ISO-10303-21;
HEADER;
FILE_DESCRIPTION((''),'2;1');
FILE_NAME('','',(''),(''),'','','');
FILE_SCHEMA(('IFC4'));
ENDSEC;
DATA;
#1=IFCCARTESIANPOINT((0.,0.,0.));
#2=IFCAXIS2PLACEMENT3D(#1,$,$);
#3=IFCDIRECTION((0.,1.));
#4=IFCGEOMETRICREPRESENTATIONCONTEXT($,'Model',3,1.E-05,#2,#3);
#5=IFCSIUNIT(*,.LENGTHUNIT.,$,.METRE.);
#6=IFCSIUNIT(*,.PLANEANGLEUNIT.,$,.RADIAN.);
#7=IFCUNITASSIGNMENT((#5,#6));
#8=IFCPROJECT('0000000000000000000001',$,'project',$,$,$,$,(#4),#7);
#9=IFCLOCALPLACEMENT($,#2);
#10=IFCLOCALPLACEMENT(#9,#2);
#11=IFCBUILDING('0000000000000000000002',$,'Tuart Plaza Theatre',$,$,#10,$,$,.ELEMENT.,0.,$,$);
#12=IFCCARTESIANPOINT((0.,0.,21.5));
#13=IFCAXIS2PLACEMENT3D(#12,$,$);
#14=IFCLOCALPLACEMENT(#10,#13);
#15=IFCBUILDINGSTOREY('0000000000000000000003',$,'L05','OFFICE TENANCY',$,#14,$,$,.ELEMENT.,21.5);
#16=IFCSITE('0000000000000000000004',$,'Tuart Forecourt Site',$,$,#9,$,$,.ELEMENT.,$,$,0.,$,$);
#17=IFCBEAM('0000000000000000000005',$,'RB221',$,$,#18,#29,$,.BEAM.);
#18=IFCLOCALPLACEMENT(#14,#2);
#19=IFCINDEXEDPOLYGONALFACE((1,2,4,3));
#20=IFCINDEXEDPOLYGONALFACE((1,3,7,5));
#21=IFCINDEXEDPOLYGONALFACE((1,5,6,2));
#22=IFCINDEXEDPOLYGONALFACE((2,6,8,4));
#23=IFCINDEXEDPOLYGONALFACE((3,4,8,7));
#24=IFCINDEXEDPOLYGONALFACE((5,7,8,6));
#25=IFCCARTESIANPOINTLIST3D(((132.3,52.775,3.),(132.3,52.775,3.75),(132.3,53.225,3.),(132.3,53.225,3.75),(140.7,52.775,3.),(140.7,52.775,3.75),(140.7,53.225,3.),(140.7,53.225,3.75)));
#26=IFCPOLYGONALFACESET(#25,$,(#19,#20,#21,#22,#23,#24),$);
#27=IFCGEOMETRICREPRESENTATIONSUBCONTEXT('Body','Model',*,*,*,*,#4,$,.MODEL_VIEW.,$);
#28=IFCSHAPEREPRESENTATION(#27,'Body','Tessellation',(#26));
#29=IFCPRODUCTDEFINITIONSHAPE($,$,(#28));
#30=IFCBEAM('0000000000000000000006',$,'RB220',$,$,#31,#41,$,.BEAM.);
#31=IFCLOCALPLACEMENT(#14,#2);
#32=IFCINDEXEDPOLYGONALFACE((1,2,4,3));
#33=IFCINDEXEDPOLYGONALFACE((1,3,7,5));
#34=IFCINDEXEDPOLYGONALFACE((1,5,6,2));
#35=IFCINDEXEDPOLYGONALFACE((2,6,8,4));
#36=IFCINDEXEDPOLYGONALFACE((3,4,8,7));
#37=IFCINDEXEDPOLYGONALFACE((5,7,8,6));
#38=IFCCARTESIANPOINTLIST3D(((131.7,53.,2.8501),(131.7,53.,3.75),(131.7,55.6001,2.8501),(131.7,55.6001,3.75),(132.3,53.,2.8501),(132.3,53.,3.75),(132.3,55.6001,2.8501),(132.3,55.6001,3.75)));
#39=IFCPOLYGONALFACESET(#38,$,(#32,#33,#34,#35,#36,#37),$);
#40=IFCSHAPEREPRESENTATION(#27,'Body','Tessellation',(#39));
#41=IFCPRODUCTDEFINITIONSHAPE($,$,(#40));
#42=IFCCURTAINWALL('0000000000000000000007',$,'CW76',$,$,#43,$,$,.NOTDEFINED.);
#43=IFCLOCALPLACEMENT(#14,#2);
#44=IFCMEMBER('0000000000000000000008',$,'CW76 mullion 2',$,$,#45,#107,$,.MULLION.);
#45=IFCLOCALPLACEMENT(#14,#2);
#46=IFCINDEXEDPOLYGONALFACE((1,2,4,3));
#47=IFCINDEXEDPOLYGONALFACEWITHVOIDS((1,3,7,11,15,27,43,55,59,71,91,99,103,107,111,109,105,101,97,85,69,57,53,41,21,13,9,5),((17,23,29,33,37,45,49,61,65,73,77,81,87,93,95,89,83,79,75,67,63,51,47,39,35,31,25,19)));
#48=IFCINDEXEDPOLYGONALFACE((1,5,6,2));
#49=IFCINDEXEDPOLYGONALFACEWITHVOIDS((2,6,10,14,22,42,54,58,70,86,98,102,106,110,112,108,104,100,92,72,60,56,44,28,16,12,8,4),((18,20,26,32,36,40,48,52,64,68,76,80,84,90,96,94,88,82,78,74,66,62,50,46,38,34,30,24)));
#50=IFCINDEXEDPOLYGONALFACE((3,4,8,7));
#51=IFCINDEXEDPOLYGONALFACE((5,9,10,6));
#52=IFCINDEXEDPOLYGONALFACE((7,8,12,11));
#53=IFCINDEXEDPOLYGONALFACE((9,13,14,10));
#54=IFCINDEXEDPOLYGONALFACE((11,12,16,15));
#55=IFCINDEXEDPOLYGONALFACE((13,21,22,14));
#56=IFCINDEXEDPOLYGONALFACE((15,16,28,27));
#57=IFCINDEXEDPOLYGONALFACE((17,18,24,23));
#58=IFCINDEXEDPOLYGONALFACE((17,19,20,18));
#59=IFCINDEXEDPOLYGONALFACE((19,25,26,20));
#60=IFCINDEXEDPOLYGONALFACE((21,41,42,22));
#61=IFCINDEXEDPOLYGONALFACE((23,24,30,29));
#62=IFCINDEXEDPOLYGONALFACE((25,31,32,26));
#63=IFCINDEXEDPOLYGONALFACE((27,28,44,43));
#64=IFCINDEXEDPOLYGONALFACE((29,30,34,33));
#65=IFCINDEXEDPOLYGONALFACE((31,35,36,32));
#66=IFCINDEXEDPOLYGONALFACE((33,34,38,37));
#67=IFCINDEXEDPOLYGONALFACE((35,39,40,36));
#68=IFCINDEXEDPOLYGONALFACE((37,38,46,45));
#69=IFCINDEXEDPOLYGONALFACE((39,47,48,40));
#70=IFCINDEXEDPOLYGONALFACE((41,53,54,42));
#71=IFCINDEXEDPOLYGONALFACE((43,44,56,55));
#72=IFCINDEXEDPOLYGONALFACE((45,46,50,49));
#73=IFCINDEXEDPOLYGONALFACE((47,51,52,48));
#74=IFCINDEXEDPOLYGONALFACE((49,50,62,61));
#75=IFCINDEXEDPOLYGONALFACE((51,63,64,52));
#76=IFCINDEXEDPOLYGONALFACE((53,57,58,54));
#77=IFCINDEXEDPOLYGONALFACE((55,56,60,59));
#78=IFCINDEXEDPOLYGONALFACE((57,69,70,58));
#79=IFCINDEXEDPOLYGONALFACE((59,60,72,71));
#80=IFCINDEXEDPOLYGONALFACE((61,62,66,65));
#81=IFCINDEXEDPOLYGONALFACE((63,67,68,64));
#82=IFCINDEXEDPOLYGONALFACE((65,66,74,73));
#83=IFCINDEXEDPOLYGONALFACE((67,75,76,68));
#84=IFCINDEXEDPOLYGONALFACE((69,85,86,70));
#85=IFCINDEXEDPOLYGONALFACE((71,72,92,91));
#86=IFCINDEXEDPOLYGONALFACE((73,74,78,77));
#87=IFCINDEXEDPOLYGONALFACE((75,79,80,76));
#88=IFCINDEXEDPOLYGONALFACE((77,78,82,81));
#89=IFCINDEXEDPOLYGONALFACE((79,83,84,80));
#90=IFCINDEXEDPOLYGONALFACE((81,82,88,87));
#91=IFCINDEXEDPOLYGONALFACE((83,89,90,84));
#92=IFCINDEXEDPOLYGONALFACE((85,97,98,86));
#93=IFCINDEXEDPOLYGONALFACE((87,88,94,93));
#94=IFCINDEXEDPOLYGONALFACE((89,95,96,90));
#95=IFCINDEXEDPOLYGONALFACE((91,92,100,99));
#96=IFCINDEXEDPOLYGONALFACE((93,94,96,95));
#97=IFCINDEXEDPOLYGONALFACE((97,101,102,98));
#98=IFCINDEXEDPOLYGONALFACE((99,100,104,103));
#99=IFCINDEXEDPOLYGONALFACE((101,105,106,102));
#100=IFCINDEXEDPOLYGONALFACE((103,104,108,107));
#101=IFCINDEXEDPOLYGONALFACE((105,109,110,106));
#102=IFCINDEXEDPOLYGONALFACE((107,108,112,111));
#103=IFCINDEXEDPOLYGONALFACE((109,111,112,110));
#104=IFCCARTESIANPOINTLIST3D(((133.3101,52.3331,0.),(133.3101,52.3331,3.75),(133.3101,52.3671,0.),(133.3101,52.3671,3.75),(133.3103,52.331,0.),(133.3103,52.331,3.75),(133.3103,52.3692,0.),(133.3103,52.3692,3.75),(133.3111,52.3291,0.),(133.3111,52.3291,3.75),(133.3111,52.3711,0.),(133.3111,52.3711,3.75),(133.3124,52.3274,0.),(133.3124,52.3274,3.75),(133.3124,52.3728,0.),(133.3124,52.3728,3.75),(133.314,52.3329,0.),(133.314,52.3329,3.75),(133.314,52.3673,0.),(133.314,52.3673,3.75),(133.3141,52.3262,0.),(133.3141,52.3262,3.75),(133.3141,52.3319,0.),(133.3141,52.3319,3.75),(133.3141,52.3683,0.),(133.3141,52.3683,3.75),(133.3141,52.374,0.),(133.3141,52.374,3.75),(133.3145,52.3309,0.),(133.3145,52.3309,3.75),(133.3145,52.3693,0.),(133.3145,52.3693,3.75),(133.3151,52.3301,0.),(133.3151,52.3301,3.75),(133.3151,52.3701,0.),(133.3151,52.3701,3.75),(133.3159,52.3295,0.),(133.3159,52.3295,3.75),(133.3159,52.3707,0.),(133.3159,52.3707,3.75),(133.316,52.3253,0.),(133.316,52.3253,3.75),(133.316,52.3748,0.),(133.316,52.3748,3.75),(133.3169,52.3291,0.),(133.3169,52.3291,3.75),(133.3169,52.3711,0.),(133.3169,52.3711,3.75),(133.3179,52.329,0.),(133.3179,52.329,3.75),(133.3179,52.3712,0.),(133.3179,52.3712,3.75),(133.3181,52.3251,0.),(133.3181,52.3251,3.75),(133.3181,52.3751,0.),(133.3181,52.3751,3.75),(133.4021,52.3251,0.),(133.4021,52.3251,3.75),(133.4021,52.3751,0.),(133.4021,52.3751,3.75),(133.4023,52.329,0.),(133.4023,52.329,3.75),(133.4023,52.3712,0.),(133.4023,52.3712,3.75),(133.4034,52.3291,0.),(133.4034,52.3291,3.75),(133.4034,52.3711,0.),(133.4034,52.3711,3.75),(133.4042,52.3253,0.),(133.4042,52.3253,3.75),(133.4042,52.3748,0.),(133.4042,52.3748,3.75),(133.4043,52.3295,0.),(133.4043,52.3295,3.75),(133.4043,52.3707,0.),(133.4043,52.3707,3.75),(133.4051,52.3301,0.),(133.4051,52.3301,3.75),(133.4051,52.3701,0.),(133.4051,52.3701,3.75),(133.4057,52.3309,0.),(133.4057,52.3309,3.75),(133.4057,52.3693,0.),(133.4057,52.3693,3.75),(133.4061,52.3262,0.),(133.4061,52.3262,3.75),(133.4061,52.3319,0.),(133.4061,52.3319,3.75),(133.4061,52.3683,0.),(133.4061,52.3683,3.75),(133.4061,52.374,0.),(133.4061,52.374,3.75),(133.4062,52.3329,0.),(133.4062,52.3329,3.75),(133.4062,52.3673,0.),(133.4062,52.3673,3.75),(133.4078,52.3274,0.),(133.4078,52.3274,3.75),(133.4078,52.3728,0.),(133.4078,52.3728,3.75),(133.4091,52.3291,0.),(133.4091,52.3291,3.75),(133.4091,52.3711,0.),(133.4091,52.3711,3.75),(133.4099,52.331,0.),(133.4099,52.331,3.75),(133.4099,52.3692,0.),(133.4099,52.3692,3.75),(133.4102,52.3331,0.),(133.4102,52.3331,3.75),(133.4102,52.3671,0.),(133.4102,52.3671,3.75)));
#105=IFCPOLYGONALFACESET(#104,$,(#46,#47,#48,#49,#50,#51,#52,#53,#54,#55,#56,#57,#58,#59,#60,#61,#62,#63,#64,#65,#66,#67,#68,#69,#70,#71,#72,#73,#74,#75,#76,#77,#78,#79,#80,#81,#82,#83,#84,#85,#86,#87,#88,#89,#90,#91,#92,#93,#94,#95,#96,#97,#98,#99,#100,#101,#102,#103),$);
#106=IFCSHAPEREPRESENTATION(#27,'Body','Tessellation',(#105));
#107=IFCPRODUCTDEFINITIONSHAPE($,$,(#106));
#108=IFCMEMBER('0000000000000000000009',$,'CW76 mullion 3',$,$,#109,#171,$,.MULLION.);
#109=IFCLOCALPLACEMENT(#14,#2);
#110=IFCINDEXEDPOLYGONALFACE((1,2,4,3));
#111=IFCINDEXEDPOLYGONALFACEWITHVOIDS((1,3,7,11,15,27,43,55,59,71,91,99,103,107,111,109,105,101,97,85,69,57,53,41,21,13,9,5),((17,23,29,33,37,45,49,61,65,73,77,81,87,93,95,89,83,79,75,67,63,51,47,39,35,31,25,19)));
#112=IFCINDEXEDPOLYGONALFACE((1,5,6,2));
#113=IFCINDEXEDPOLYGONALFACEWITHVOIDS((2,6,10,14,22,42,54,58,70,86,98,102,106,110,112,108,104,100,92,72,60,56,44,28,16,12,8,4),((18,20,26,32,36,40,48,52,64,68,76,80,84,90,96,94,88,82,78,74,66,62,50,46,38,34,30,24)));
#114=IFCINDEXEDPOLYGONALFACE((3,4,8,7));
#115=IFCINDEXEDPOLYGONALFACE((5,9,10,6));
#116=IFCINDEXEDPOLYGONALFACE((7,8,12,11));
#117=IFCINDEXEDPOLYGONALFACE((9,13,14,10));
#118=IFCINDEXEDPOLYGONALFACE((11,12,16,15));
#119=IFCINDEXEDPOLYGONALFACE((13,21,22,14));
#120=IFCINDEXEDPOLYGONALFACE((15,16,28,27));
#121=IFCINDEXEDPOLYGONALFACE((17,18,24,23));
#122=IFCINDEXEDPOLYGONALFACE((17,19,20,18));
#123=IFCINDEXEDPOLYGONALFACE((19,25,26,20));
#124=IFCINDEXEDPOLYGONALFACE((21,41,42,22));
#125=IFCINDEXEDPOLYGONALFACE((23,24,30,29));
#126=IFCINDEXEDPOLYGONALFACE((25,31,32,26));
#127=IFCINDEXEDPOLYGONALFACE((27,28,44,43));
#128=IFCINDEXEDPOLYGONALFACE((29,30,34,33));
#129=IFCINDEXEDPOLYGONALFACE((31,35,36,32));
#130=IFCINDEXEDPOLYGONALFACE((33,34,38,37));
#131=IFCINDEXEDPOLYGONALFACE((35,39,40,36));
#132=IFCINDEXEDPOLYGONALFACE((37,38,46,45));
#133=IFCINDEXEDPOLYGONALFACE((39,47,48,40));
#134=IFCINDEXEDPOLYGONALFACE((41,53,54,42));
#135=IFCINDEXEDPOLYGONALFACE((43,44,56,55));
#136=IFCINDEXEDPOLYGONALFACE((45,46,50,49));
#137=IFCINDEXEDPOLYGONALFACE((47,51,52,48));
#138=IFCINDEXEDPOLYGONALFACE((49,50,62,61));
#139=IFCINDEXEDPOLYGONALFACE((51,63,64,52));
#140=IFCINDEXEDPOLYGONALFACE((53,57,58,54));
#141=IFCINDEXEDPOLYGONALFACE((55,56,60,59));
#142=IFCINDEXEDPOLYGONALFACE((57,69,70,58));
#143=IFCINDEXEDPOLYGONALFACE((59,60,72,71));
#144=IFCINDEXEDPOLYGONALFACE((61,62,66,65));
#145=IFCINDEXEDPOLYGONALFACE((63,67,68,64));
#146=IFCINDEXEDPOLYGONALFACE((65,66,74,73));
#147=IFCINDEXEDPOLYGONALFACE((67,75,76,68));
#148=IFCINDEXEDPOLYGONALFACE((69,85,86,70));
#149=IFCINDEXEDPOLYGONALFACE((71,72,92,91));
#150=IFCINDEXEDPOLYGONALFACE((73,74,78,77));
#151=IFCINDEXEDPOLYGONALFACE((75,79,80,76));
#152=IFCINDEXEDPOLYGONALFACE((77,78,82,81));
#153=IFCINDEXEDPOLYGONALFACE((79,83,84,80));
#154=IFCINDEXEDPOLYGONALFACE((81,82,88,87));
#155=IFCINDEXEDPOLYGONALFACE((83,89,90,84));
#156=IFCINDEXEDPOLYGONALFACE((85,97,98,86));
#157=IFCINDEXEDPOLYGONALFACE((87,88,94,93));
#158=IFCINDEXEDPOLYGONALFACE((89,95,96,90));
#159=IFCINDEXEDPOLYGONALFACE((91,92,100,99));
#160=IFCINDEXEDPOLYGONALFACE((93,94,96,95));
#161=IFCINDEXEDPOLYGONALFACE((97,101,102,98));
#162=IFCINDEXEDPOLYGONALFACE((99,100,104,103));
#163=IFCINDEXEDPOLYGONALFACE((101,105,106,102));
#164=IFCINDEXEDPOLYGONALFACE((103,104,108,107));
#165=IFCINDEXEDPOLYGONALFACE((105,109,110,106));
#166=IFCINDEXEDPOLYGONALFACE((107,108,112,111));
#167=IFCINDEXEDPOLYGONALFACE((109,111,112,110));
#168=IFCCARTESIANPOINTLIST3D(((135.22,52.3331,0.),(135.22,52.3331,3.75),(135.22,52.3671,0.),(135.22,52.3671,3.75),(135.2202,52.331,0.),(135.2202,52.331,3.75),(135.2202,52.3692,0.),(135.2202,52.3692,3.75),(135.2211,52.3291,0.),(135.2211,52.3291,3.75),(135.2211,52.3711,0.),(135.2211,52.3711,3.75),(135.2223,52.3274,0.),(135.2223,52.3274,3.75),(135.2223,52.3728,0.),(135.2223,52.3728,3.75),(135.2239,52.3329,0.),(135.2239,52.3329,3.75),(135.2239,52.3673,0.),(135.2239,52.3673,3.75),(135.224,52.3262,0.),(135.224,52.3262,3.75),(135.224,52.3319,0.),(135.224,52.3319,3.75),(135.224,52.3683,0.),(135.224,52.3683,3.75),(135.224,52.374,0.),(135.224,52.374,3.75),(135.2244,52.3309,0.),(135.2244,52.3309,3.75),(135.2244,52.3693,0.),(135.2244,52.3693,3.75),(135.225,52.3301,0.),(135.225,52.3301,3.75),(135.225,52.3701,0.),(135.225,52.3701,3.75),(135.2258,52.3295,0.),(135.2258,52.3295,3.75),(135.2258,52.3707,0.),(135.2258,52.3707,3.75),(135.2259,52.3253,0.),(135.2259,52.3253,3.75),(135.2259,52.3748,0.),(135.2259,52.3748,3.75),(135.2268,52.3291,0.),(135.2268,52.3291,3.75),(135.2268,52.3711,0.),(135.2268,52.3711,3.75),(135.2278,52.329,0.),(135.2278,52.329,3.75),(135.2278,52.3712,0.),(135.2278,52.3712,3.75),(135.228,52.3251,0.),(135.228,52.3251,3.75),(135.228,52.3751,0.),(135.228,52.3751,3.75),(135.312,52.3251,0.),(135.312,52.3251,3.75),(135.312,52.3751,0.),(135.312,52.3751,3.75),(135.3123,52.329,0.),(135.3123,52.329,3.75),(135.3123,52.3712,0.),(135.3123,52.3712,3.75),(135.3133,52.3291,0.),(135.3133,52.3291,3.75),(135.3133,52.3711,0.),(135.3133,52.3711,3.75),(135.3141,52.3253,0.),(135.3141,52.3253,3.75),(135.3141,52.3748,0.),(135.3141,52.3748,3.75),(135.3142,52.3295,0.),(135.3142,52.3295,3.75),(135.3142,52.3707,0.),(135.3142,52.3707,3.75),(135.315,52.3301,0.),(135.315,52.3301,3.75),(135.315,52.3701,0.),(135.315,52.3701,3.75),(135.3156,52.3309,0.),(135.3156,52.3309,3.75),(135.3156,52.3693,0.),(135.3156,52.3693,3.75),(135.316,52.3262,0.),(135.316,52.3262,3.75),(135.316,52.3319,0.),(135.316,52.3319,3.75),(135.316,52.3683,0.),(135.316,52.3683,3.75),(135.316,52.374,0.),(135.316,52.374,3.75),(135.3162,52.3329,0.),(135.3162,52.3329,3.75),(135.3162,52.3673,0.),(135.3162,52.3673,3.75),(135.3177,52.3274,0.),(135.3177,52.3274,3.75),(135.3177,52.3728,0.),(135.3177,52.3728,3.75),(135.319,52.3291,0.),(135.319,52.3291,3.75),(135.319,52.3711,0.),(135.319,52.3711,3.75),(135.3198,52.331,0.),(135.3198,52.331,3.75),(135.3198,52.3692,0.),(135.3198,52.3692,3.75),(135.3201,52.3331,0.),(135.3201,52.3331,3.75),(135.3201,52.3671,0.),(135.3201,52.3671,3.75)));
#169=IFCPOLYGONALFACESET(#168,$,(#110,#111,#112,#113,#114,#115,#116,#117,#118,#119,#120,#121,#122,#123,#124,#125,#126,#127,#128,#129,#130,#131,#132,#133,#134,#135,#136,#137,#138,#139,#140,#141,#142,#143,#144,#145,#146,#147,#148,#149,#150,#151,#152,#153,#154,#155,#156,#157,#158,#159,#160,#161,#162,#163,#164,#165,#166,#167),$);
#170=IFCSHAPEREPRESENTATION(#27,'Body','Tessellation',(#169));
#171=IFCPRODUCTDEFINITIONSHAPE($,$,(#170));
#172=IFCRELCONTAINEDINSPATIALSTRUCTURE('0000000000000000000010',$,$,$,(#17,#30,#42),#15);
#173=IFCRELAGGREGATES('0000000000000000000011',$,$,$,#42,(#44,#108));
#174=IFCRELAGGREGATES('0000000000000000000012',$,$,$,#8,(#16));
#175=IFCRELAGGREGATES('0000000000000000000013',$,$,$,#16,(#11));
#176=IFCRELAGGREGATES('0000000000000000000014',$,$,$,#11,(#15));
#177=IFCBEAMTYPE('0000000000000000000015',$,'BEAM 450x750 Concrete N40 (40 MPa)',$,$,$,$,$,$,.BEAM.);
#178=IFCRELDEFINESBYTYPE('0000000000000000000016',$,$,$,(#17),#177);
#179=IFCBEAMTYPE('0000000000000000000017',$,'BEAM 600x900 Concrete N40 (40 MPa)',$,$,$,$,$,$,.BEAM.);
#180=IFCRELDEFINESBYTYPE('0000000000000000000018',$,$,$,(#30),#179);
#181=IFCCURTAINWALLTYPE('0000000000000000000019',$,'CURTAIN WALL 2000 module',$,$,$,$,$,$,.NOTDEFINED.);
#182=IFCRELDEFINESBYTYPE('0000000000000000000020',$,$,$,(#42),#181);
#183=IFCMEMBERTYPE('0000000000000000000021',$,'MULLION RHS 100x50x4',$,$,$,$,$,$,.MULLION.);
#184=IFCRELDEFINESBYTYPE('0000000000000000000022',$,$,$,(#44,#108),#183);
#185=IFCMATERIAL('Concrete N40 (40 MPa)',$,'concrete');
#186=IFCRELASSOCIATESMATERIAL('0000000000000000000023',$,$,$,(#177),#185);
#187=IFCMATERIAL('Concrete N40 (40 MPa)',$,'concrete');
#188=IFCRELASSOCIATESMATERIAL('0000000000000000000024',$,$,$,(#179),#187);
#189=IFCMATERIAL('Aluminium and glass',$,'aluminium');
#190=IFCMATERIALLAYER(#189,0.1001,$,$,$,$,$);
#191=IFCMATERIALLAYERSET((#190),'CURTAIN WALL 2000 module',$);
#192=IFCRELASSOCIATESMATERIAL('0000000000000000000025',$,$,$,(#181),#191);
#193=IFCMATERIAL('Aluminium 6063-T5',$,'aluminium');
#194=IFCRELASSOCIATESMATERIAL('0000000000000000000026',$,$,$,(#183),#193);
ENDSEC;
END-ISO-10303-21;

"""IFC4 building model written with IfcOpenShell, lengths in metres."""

from ifc_helpers import new_model, si_unit, direction, frame, origin, origin_2d, place, context, subcontext, project, spatial, rectangle, hollow_rectangle, extrude, material, layer, layer_set, material_profile, profile_set, type_object, element, aggregate, save


model = new_model("IFC4")

# Units and contexts
model_context = context("Model", 3, precision=1e-05, world=origin(), true_north=direction((0.0, 1.0)))
body_context = subcontext(model_context, "Body", "Model", "MODEL_VIEW")
ifc_project = project(units=[si_unit("LENGTHUNIT", "METRE"), si_unit("PLANEANGLEUNIT", "RADIAN")], contexts=[model_context])

# Site, building, storey
site_placement = place(None, origin())
site = spatial("IfcSite", under=ifc_project, at=site_placement, Name="Tuart Forecourt Site", CompositionType="ELEMENT", RefElevation=0.0)
building_placement = place(site_placement, origin())
building = spatial("IfcBuilding", under=site, at=building_placement, Name="Tuart Plaza Theatre", CompositionType="ELEMENT", ElevationOfRefHeight=0.0)
storey_placement = place(building_placement, frame((0.0, 0.0, 21.5)))
storey = spatial("IfcBuildingStorey", under=building, at=storey_placement, Name="L05", Description="OFFICE TENANCY", CompositionType="ELEMENT", Elevation=21.5)

# Beams
ifc_material_1 = material(Name="Concrete N40 (40 MPa)", Category="concrete")
ifc_material_profile_1 = material_profile(ifc_material_1, rectangle(XDim=0.45, YDim=0.75, at=origin_2d()), Name="BEAM 450x750 Concrete N40 (40 MPa)")
ifc_profile_set_1 = profile_set([ifc_material_profile_1], Name="Concrete N40 (40 MPa)")
beam_type_1 = type_object("IfcBeamType", Name="BEAM 450x750 Concrete N40 (40 MPa)", PredefinedType="BEAM", material=ifc_profile_set_1)
beam_1_placement = place(storey_placement, frame((132.3, 53.0, 3.375), z_axis=(1.0, 0.0, 0.0), x_axis=(0.0, 1.0, 0.0)))
element("IfcBeam", 1, at=beam_1_placement, inside=storey, type_object=beam_type_1, Name="RB221", PredefinedType="BEAM", context=body_context, shape_type="SweptSolid", body=[
    extrude(rectangle(XDim=0.45, YDim=0.75, at=origin_2d()), origin(), (0.0, 0.0, 1.0), 8.3999),
])
ifc_material_2 = material(Name="Concrete N40 (40 MPa)", Category="concrete")
ifc_material_profile_2 = material_profile(ifc_material_2, rectangle(XDim=0.6001, YDim=0.8999, at=origin_2d()), Name="BEAM 600x900 Concrete N40 (40 MPa)")
ifc_profile_set_2 = profile_set([ifc_material_profile_2], Name="Concrete N40 (40 MPa)")
beam_type_2 = type_object("IfcBeamType", Name="BEAM 600x900 Concrete N40 (40 MPa)", PredefinedType="BEAM", material=ifc_profile_set_2)
beam_2_placement = place(storey_placement, frame((132.0, 53.0, 3.3), z_axis=(0.0, 1.0, 0.0), x_axis=(-1.0, 0.0, 0.0)))
element("IfcBeam", 2, at=beam_2_placement, inside=storey, type_object=beam_type_2, Name="RB220", PredefinedType="BEAM", context=body_context, shape_type="SweptSolid", body=[
    extrude(rectangle(XDim=0.6001, YDim=0.8999, at=origin_2d()), origin(), (0.0, 0.0, 1.0), 2.6001),
])

# Curtain wall, members
ifc_material_3 = material(Name="Aluminium and glass", Category="aluminium")
ifc_layer_1 = layer(ifc_material_3, 0.1001)
ifc_layer_set_1 = layer_set([ifc_layer_1], Name="CURTAIN WALL 2000 module")
curtain_wall_type = type_object("IfcCurtainWallType", Name="CURTAIN WALL 2000 module", PredefinedType="NOTDEFINED", material=ifc_layer_set_1)
curtain_wall_placement = place(storey_placement, origin())
curtain_wall = element("IfcCurtainWall", 3, at=curtain_wall_placement, inside=storey, type_object=curtain_wall_type, Name="CW76", PredefinedType="NOTDEFINED")
ifc_material_4 = material(Name="Aluminium 6063-T5", Category="aluminium")
ifc_material_profile_3 = material_profile(ifc_material_4, hollow_rectangle(XDim=0.05, YDim=0.1001, WallThickness=0.0039, InnerFilletRadius=0.0039, OuterFilletRadius=0.0081, at=origin_2d()), Name="RHS 100x50x4")
ifc_profile_set_3 = profile_set([ifc_material_profile_3], Name="Aluminium 6063-T5")
member_type_1 = type_object("IfcMemberType", Name="MULLION RHS 100x50x4", PredefinedType="MULLION", material=ifc_profile_set_3)
member_1_placement = place(storey_placement, frame((133.3601, 52.3501, 0.0), z_axis=(0.0, 0.0, 1.0), x_axis=(0.0, 1.0, 0.0)))
member_1 = element("IfcMember", 4, at=member_1_placement, type_object=member_type_1, Name="CW76 mullion 2", PredefinedType="MULLION", context=body_context, shape_type="SweptSolid", body=[
    extrude(hollow_rectangle(XDim=0.05, YDim=0.1001, WallThickness=0.0039, InnerFilletRadius=0.0039, OuterFilletRadius=0.0081, at=origin_2d()), origin(), (0.0, 0.0, 1.0), 3.75),
])
member_2_placement = place(storey_placement, frame((135.27, 52.3501, 0.0), z_axis=(0.0, 0.0, 1.0), x_axis=(0.0, 1.0, 0.0)))
member_2 = element("IfcMember", 5, at=member_2_placement, type_object=member_type_1, Name="CW76 mullion 3", PredefinedType="MULLION", context=body_context, shape_type="SweptSolid", body=[
    extrude(hollow_rectangle(XDim=0.05, YDim=0.1001, WallThickness=0.0039, InnerFilletRadius=0.0039, OuterFilletRadius=0.0081, at=origin_2d()), origin(), (0.0, 0.0, 1.0), 3.75),
])
aggregate(curtain_wall, [member_1, member_2])

save(model, "model.ifc")
